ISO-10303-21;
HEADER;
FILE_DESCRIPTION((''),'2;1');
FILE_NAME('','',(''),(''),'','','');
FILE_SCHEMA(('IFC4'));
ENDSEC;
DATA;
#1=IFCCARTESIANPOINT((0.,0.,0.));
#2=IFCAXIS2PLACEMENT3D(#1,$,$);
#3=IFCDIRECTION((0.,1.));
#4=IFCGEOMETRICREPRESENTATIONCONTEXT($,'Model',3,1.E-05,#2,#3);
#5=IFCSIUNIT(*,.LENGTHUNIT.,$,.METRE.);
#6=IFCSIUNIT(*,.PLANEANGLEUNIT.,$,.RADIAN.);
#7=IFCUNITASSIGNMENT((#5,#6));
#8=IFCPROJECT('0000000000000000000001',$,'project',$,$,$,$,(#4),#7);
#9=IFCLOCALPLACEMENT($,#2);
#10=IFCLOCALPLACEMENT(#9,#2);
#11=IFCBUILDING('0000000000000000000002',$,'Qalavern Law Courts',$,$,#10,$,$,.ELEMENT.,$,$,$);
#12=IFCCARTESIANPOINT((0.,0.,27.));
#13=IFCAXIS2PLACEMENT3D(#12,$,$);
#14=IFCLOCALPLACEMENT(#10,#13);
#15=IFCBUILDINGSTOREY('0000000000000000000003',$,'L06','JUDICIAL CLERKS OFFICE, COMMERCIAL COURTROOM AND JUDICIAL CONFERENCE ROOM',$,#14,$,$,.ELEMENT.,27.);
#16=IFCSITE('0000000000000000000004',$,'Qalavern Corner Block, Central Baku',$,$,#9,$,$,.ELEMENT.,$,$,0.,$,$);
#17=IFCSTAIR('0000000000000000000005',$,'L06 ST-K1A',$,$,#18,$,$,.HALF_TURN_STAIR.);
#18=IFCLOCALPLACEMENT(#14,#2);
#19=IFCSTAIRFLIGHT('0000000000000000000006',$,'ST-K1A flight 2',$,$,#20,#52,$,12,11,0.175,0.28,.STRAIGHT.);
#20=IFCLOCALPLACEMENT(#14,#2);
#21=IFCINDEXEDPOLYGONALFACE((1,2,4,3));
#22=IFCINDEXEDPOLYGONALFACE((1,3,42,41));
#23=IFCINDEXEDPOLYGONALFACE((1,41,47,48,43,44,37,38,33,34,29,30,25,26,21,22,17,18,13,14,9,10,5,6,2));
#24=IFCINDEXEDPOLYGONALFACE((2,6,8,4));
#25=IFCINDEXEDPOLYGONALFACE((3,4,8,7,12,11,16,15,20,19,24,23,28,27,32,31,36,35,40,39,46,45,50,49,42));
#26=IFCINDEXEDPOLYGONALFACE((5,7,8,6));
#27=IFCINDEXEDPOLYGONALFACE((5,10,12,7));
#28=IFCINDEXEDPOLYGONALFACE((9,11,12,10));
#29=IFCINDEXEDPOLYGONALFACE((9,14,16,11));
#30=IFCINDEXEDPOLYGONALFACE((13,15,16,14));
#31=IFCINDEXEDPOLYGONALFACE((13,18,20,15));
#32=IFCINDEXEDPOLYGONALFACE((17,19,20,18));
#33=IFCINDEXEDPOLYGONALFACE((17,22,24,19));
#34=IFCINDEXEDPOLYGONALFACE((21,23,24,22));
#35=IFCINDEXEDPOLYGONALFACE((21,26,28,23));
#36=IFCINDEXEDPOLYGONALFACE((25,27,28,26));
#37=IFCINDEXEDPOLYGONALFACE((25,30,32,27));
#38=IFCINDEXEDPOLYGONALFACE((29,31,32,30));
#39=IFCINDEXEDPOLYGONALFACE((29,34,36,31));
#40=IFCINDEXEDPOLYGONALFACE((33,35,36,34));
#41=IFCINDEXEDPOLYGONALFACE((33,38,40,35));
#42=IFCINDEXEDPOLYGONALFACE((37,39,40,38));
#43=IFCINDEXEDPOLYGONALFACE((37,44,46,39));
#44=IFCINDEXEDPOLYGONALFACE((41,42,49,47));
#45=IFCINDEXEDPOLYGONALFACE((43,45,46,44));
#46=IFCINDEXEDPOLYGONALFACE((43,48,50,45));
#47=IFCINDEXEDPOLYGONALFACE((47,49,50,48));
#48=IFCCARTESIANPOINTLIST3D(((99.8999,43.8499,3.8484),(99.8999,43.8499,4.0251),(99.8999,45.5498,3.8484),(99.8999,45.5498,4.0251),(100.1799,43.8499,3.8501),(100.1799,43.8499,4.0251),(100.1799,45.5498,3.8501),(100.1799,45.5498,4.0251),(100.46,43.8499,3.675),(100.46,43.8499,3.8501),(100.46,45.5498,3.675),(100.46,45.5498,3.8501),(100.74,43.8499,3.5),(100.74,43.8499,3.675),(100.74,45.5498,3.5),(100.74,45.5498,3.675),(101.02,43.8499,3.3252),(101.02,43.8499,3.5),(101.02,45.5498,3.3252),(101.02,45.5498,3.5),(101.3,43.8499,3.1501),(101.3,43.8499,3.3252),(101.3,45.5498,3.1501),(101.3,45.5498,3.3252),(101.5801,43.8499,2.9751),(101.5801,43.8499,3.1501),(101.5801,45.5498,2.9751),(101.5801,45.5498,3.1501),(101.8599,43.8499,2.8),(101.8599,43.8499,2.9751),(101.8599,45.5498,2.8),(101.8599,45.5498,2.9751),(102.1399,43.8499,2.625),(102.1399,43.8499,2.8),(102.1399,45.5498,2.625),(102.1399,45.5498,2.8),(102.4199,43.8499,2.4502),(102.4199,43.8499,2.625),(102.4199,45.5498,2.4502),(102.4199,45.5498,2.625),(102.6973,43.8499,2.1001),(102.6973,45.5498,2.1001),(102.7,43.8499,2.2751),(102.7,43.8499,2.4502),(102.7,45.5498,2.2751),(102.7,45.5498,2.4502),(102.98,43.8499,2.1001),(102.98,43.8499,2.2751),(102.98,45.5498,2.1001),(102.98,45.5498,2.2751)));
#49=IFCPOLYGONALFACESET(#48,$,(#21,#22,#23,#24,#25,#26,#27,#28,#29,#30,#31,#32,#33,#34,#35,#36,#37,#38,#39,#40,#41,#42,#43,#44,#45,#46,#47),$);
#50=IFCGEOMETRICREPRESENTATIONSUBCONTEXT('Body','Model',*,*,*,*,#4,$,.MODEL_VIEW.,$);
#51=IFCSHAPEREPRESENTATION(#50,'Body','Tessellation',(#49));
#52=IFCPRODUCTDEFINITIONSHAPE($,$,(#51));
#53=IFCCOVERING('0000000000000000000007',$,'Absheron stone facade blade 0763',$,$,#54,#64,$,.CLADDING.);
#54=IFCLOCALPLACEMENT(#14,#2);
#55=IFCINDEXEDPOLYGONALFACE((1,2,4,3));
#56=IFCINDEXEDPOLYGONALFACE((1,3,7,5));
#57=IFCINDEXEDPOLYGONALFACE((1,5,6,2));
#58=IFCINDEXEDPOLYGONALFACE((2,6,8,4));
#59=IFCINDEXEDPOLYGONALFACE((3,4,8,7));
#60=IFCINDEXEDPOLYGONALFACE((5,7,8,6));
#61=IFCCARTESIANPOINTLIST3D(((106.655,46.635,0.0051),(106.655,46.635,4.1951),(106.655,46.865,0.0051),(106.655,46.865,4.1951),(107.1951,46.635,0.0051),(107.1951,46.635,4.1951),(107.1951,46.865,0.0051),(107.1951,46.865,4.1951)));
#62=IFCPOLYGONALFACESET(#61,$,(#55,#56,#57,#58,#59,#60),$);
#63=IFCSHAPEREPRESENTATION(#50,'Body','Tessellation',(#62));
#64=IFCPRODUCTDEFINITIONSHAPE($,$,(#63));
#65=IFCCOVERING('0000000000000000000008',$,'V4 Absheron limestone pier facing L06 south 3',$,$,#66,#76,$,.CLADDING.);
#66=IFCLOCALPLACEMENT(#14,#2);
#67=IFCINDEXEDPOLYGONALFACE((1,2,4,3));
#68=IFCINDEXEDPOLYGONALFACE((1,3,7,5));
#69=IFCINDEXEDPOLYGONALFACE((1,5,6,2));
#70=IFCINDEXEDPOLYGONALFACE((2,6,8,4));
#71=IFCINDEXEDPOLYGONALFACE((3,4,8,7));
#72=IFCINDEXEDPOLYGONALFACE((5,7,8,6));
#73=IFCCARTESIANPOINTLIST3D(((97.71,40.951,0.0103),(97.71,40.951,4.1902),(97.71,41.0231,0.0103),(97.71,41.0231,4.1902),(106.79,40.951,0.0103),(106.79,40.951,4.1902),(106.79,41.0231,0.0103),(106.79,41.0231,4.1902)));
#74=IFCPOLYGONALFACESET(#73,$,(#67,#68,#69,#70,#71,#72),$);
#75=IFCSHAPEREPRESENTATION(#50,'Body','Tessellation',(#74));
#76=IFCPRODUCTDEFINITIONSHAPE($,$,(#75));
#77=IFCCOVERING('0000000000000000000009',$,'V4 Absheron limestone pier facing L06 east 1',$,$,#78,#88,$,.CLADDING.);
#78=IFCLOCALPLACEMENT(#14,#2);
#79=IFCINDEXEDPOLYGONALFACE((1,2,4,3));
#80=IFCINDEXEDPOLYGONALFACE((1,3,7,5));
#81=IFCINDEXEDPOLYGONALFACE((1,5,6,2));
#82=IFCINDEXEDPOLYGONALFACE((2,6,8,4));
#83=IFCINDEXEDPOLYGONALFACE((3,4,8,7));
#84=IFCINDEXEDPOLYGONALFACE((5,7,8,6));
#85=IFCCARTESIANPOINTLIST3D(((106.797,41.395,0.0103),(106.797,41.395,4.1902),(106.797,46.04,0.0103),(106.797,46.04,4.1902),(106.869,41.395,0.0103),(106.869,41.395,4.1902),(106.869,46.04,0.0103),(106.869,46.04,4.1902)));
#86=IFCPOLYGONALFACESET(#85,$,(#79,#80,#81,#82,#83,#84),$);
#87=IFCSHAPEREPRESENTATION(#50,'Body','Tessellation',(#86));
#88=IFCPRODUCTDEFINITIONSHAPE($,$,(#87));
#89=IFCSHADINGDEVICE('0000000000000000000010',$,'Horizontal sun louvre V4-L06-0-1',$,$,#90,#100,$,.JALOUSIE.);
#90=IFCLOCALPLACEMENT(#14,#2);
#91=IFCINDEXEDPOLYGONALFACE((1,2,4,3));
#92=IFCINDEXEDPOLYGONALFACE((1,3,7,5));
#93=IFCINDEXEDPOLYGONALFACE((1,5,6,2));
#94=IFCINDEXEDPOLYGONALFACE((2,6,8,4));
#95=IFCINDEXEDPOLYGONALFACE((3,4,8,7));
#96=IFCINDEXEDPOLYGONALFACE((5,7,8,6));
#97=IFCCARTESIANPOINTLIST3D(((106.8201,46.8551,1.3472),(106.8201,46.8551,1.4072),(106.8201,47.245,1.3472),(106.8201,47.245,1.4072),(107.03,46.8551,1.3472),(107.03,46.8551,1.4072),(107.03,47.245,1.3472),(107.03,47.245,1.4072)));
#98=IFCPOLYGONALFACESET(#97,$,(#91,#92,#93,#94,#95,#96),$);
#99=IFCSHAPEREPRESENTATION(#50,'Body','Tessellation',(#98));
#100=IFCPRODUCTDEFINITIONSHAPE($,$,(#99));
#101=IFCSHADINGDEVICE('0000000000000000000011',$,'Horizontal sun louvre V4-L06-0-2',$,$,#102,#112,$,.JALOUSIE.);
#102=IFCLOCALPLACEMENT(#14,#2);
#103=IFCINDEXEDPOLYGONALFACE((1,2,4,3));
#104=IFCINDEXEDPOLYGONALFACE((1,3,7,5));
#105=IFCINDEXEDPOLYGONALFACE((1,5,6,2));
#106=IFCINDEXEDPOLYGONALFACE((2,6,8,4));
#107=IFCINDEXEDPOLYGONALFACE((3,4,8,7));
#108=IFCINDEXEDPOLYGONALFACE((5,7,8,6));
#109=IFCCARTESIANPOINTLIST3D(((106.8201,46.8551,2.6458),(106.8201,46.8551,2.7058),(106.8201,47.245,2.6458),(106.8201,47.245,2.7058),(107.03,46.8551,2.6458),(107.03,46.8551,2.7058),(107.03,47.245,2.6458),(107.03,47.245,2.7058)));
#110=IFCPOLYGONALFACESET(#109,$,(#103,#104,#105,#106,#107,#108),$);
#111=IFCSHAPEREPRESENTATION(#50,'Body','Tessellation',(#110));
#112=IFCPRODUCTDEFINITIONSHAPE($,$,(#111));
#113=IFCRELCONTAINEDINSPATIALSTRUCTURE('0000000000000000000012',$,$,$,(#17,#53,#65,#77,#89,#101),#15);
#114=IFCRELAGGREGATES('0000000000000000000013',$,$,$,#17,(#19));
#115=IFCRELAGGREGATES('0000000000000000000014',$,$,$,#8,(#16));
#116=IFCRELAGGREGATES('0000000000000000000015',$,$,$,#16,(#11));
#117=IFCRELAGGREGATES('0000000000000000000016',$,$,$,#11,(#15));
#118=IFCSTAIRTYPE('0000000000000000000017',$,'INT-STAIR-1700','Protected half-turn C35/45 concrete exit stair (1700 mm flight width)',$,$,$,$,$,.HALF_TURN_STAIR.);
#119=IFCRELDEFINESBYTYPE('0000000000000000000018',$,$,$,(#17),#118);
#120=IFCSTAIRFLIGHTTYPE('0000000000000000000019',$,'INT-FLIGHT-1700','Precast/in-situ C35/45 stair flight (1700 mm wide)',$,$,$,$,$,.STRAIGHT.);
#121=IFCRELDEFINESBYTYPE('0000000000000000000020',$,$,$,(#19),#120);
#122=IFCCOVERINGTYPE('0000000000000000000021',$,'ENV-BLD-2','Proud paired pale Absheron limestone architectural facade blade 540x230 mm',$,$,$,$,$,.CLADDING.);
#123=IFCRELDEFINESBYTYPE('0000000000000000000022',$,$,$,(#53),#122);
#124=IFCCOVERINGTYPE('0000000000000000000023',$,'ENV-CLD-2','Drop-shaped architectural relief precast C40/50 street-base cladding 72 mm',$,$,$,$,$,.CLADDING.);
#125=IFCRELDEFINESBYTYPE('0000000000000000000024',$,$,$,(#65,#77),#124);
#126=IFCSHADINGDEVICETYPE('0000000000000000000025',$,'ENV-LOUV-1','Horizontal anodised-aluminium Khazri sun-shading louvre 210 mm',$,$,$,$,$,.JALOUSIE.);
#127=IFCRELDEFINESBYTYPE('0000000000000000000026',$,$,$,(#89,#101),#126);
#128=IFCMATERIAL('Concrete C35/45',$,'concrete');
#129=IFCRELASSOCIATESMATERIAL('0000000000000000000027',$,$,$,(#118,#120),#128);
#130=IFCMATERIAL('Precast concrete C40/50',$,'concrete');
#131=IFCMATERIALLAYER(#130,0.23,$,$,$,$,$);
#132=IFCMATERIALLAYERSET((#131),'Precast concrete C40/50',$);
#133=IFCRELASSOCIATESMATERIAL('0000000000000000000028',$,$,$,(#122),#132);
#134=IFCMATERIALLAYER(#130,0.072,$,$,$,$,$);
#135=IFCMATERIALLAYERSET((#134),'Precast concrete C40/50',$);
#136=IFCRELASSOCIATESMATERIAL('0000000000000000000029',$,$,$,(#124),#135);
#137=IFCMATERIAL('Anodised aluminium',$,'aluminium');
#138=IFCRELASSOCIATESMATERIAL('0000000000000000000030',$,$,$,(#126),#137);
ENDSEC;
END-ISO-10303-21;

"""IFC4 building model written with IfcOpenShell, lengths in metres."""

from ifc_helpers import new_model, si_unit, direction, frame, origin, origin_2d, place, context, subcontext, project, spatial, polyline, rectangle, outline, extrude, material, layer, layer_set, type_object, element, aggregate, save


model = new_model("IFC4")

# Units and contexts
model_context = context("Model", 3, precision=1e-05, world=origin(), true_north=direction((0.0, 1.0)))
body_context = subcontext(model_context, "Body", "Model", "MODEL_VIEW")
ifc_project = project(units=[si_unit("LENGTHUNIT", "METRE"), si_unit("PLANEANGLEUNIT", "RADIAN")], contexts=[model_context])

# Site, building, storey
site_placement = place(None, origin())
site = spatial("IfcSite", under=ifc_project, at=site_placement, Name="Qalavern Corner Block, Central Baku", CompositionType="ELEMENT", RefElevation=0.0)
building_placement = place(site_placement, origin())
building = spatial("IfcBuilding", under=site, at=building_placement, Name="Qalavern Law Courts", CompositionType="ELEMENT")
storey_placement = place(building_placement, frame((0.0, 0.0, 27.0)))
storey = spatial("IfcBuildingStorey", under=building, at=storey_placement, Name="L06", Description="JUDICIAL CLERKS OFFICE, COMMERCIAL COURTROOM AND JUDICIAL CONFERENCE ROOM", CompositionType="ELEMENT", Elevation=27.0)

# Shared definitions
ifc_material_1 = material(Name="Anodised aluminium", Category="aluminium")

# Stair, stair flight
ifc_material_2 = material(Name="Concrete C35/45", Category="concrete")
stair_type = type_object("IfcStairType", Name="INT-STAIR-1700", Description="Protected half-turn C35/45 concrete exit stair (1700 mm flight width)", PredefinedType="HALF_TURN_STAIR", material=ifc_material_2)
stair_placement = place(storey_placement, origin())
stair = element("IfcStair", 1, at=stair_placement, inside=storey, type_object=stair_type, Name="L06 ST-K1A", PredefinedType="HALF_TURN_STAIR")
stair_flight_type = type_object("IfcStairFlightType", Name="INT-FLIGHT-1700", Description="Precast/in-situ C35/45 stair flight (1700 mm wide)", PredefinedType="STRAIGHT", material=ifc_material_2)
stair_flight_1_placement = place(storey_placement, frame((102.98, 44.7, 2.1001), z_axis=(0.0, 0.0, 1.0), x_axis=(-1.0, 0.0, 0.0)))
stair_flight_1 = element("IfcStairFlight", 2, at=stair_flight_1_placement, type_object=stair_flight_type, Name="ST-K1A flight 2", NumberOfRisers=12, NumberOfTreads=11, PredefinedType="STRAIGHT", RiserHeight=0.175, TreadLength=0.28, context=body_context, shape_type="SweptSolid", body=[
    extrude(outline(polyline([(0.0, 0.0), (0.0, 0.175), (0.28, 0.175), (0.28, 0.3501), (0.5601, 0.3501), (0.5601, 0.5249), (0.8401, 0.5249), (0.8401, 0.7), (1.1201, 0.7), (1.1201, 0.875), (1.3999, 0.875), (1.3999, 1.05), (1.6799, 1.05), (1.6799, 1.2251), (1.96, 1.2251), (1.96, 1.3999), (2.24, 1.3999), (2.24, 1.575), (2.52, 1.575), (2.52, 1.75), (2.8, 1.75), (2.8, 1.925), (3.0801, 1.925), (3.0801, 2.1001), (3.0801, 1.7483), (0.2827, 0.0), (0.0, 0.0)])), frame((0.0, 0.8501, 0.0), z_axis=(0.0, -1.0, 0.0), x_axis=(1.0, 0.0, 0.0)), (0.0, 0.0, 1.0), 1.7),
])
aggregate(stair, [stair_flight_1])

# Coverings
ifc_material_3 = material(Name="Precast concrete C40/50", Category="concrete")
ifc_layer_1 = layer(ifc_material_3, 0.23)
ifc_layer_set_1 = layer_set([ifc_layer_1], Name="Precast concrete C40/50")
covering_type_1 = type_object("IfcCoveringType", Name="ENV-BLD-2", Description="Proud paired pale Absheron limestone architectural facade blade 540x230 mm", PredefinedType="CLADDING", material=ifc_layer_set_1)
covering_1_placement = place(storey_placement, frame((106.925, 46.75, 0.0051), z_axis=(0.0, 0.0, 1.0), x_axis=(1.0, 0.0, 0.0)))
element("IfcCovering", 3, at=covering_1_placement, inside=storey, type_object=covering_type_1, Name="Absheron stone facade blade 0763", PredefinedType="CLADDING", context=body_context, shape_type="SweptSolid", body=[
    extrude(rectangle(XDim=0.54, YDim=0.23, at=origin_2d()), origin(), (0.0, 0.0, 1.0), 4.1899),
])
ifc_layer_2 = layer(ifc_material_3, 0.072)
ifc_layer_set_2 = layer_set([ifc_layer_2], Name="Precast concrete C40/50")
covering_type_2 = type_object("IfcCoveringType", Name="ENV-CLD-2", Description="Drop-shaped architectural relief precast C40/50 street-base cladding 72 mm", PredefinedType="CLADDING", material=ifc_layer_set_2)
covering_2_placement = place(storey_placement, frame((102.25, 40.9871, 0.0103), z_axis=(0.0, 0.0, 1.0), x_axis=(1.0, 0.0, 0.0)))
element("IfcCovering", 4, at=covering_2_placement, inside=storey, type_object=covering_type_2, Name="V4 Absheron limestone pier facing L06 south 3", PredefinedType="CLADDING", context=body_context, shape_type="SweptSolid", body=[
    extrude(rectangle(XDim=9.0801, YDim=0.072, at=origin_2d()), origin(), (0.0, 0.0, 1.0), 4.1799),
])
covering_3_placement = place(storey_placement, frame((106.833, 43.7175, 0.0103), z_axis=(0.0, 0.0, 1.0), x_axis=(0.0, 1.0, 0.0)))
element("IfcCovering", 5, at=covering_3_placement, inside=storey, type_object=covering_type_2, Name="V4 Absheron limestone pier facing L06 east 1", PredefinedType="CLADDING", context=body_context, shape_type="SweptSolid", body=[
    extrude(rectangle(XDim=4.645, YDim=0.072, at=origin_2d()), origin(), (0.0, 0.0, 1.0), 4.1799),
])

# Shading devices
shading_device_type = type_object("IfcShadingDeviceType", Name="ENV-LOUV-1", Description="Horizontal anodised-aluminium Khazri sun-shading louvre 210 mm", PredefinedType="JALOUSIE", material=ifc_material_1)
for number, where, z_axis, x_axis, name in (
    (6, (106.925, 47.05, 1.3472), (0.0, 0.0, 1.0), (0.0, 1.0, 0.0), "Horizontal sun louvre V4-L06-0-1"),
    (7, (106.925, 47.05, 2.6458), (0.0, 0.0, 1.0), (0.0, 1.0, 0.0), "Horizontal sun louvre V4-L06-0-2"),
):
    element("IfcShadingDevice", number, at=place(storey_placement, frame(where, z_axis=z_axis, x_axis=x_axis)), inside=storey, type_object=shading_device_type, Name=name, PredefinedType="JALOUSIE", context=body_context, shape_type="SweptSolid", body=[
        extrude(rectangle(XDim=0.3899, YDim=0.21, at=origin_2d()), origin(), (0.0, 0.0, 1.0), 0.0601),
    ])

save(model, "model.ifc")
